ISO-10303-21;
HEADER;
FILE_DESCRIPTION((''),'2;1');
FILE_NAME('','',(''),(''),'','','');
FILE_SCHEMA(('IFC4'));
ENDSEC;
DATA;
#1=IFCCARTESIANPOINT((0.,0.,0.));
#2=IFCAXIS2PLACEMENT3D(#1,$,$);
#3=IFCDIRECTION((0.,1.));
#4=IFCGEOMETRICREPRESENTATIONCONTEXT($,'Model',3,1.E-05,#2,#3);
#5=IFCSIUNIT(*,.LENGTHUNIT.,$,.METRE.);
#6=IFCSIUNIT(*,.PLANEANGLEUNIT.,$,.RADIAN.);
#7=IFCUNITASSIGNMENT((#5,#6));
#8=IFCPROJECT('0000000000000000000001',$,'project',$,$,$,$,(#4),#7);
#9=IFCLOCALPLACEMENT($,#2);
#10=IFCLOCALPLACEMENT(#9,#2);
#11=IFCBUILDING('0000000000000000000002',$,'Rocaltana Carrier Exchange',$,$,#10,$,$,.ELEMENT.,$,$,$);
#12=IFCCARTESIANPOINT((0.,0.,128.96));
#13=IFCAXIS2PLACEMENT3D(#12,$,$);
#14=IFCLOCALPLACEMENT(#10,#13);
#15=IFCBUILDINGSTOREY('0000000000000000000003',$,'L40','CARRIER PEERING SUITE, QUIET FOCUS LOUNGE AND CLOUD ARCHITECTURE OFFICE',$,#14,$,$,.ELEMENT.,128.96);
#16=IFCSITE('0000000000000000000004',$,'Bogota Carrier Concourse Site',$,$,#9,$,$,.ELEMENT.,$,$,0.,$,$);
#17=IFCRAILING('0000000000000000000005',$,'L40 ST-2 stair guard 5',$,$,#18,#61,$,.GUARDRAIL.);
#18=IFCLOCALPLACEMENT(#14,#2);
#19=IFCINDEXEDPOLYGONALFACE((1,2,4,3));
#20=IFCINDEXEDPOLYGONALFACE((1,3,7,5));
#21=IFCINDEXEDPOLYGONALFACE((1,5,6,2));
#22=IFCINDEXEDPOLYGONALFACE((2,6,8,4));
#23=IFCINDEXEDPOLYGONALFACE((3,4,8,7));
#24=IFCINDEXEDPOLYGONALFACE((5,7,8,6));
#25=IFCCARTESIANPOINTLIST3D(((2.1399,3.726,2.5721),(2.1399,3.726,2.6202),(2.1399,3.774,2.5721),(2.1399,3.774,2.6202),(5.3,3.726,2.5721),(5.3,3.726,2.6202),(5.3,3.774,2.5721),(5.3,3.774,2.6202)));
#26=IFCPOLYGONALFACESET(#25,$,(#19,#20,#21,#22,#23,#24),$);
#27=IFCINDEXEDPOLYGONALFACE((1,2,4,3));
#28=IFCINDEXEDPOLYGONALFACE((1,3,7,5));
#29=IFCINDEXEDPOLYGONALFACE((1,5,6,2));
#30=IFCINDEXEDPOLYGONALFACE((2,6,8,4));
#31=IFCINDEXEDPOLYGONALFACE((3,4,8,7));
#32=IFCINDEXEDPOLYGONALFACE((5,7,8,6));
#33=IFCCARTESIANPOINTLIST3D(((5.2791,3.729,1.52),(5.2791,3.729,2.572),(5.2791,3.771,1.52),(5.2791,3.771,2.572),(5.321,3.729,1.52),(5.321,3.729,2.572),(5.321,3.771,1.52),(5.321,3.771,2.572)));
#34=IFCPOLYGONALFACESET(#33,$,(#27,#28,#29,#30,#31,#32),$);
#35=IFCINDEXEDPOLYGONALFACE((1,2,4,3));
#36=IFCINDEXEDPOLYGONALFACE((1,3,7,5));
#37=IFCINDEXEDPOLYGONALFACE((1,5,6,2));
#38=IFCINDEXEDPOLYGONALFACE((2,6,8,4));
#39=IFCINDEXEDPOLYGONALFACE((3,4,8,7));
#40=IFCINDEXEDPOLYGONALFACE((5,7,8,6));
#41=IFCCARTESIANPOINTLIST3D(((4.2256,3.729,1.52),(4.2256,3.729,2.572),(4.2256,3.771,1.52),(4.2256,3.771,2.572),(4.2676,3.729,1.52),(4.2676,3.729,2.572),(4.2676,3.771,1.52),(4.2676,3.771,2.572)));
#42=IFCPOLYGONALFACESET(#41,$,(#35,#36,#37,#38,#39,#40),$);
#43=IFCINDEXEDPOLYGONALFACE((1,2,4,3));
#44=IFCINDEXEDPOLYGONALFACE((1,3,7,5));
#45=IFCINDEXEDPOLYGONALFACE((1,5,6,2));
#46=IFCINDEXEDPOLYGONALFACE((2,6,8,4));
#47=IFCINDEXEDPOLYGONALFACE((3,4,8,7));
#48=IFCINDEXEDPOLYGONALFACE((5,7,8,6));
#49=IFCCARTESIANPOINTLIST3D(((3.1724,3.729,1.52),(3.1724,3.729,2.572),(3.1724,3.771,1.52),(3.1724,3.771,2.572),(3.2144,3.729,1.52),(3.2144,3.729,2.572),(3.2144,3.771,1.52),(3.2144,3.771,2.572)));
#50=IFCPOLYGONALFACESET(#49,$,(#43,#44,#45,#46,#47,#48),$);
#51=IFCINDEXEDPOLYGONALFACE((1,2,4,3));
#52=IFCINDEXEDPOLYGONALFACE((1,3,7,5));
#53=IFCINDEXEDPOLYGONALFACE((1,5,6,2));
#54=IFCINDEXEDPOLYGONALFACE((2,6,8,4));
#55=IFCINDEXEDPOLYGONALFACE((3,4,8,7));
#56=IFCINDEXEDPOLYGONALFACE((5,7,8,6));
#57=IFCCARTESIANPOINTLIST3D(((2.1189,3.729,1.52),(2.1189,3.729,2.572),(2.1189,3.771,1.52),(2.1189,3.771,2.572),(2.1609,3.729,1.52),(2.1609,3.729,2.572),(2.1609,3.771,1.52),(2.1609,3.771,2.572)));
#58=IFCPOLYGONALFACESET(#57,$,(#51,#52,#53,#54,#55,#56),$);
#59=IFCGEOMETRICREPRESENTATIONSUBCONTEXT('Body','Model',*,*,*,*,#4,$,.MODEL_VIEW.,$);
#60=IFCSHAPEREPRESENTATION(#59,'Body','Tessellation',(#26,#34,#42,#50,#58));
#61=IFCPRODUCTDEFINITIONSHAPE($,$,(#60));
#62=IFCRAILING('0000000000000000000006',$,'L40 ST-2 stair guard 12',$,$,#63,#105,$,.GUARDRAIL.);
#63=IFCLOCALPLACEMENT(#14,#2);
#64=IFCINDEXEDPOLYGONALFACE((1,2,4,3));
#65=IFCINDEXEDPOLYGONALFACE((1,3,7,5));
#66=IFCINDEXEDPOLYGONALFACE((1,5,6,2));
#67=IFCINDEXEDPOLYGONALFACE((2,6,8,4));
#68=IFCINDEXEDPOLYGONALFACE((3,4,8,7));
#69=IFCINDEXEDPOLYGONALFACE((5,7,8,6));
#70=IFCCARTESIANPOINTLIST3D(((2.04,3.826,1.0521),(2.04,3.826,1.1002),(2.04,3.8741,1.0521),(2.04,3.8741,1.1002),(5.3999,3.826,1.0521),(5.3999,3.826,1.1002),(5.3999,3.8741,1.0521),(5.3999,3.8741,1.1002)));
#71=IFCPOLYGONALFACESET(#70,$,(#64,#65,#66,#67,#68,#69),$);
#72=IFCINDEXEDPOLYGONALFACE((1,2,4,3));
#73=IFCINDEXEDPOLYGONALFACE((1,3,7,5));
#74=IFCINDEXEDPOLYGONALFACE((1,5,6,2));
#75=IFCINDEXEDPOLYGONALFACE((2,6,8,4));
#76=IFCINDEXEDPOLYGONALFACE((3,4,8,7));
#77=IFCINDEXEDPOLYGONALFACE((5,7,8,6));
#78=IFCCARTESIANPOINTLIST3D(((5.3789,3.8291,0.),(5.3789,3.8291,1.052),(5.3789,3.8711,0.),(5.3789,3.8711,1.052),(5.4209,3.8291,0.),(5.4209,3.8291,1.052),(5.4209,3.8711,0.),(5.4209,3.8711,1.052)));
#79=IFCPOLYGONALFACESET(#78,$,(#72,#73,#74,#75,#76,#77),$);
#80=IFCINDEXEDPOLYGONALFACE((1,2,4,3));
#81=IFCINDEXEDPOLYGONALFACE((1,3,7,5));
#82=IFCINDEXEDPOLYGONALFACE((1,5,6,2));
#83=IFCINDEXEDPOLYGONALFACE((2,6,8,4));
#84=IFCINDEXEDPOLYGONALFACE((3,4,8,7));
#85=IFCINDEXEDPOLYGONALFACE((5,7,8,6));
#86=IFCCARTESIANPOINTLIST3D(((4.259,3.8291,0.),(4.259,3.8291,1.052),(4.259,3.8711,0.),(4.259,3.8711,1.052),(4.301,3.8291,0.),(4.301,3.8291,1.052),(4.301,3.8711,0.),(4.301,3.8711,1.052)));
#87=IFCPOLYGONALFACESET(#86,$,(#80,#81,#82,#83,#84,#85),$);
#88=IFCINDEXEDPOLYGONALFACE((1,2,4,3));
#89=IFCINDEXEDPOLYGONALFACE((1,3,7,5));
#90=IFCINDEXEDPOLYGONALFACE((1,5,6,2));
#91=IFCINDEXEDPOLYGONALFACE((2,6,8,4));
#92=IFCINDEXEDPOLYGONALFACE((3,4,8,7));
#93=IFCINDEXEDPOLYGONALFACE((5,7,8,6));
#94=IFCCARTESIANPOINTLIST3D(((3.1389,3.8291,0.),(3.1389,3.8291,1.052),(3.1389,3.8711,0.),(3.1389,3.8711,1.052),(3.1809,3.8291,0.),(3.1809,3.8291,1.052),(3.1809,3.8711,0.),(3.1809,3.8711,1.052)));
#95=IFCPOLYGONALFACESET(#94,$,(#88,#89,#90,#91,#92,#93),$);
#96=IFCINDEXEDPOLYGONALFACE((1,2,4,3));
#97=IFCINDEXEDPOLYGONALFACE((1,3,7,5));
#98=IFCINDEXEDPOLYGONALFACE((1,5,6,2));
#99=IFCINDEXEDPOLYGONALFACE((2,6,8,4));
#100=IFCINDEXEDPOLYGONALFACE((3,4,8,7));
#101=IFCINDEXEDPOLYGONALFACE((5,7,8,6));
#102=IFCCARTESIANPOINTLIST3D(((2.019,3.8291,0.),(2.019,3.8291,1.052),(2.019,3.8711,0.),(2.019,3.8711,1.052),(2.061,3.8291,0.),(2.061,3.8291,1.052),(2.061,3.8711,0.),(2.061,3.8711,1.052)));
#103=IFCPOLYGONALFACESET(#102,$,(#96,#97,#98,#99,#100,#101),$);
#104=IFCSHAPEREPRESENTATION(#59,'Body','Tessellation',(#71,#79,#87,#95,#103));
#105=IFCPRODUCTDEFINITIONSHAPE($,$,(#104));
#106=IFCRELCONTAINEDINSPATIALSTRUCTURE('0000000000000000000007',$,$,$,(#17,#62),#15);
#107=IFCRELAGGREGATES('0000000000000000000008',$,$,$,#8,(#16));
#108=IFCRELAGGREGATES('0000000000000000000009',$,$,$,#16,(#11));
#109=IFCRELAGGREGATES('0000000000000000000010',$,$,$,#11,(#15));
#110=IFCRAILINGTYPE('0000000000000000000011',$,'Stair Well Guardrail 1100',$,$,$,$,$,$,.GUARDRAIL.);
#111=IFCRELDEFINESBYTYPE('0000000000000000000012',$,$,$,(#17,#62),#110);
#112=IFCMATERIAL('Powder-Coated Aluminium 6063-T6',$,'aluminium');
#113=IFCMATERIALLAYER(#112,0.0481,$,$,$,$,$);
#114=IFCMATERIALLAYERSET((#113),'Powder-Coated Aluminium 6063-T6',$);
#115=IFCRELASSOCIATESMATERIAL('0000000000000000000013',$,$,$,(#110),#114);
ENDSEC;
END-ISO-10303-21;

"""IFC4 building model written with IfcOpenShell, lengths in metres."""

from ifc_helpers import new_model, si_unit, direction, frame, origin, origin_2d, place, context, subcontext, project, spatial, rectangle, extrude, material, layer, layer_set, type_object, element, save


model = new_model("IFC4")

# Units and contexts
model_context = context("Model", 3, precision=1e-05, world=origin(), true_north=direction((0.0, 1.0)))
body_context = subcontext(model_context, "Body", "Model", "MODEL_VIEW")
ifc_project = project(units=[si_unit("LENGTHUNIT", "METRE"), si_unit("PLANEANGLEUNIT", "RADIAN")], contexts=[model_context])

# Site, building, storey
site_placement = place(None, origin())
site = spatial("IfcSite", under=ifc_project, at=site_placement, Name="Bogota Carrier Concourse Site", CompositionType="ELEMENT", RefElevation=0.0)
building_placement = place(site_placement, origin())
building = spatial("IfcBuilding", under=site, at=building_placement, Name="Rocaltana Carrier Exchange", CompositionType="ELEMENT")
storey_placement = place(building_placement, frame((0.0, 0.0, 128.96)))
storey = spatial("IfcBuildingStorey", under=building, at=storey_placement, Name="L40", Description="CARRIER PEERING SUITE, QUIET FOCUS LOUNGE AND CLOUD ARCHITECTURE OFFICE", CompositionType="ELEMENT", Elevation=128.96)

# Railings
ifc_material_1 = material(Name="Powder-Coated Aluminium 6063-T6", Category="aluminium")
ifc_layer_1 = layer(ifc_material_1, 0.0481)
ifc_layer_set_1 = layer_set([ifc_layer_1], Name="Powder-Coated Aluminium 6063-T6")
railing_type = type_object("IfcRailingType", Name="Stair Well Guardrail 1100", PredefinedType="GUARDRAIL", material=ifc_layer_set_1)
railing_1_placement = place(storey_placement, frame((5.3, 3.75, 1.52)))
element("IfcRailing", 1, at=railing_1_placement, inside=storey, type_object=railing_type, Name="L40 ST-2 stair guard 5", PredefinedType="GUARDRAIL", context=body_context, shape_type="SweptSolid", body=[
    extrude(rectangle(XDim=0.0481, YDim=0.0481, at=origin_2d()), frame((0.0, 0.0, 1.0762), z_axis=(-1.0, 0.0, 0.0), x_axis=(0.0, -1.0, 0.0)), (0.0, 0.0, 1.0), 3.1602),
    extrude(rectangle(XDim=0.042, YDim=0.042, at=origin_2d()), origin(), (0.0, 0.0, 1.0), 1.052),
    extrude(rectangle(XDim=0.042, YDim=0.042, at=origin_2d()), frame((-1.0535, 0.0, 0.0)), (0.0, 0.0, 1.0), 1.052),
    extrude(rectangle(XDim=0.042, YDim=0.042, at=origin_2d()), frame((-2.1067, 0.0, 0.0)), (0.0, 0.0, 1.0), 1.052),
    extrude(rectangle(XDim=0.042, YDim=0.042, at=origin_2d()), frame((-3.1602, 0.0, 0.0)), (0.0, 0.0, 1.0), 1.052),
])
railing_2_placement = place(storey_placement, frame((5.3999, 3.8501, 0.0)))
element("IfcRailing", 2, at=railing_2_placement, inside=storey, type_object=railing_type, Name="L40 ST-2 stair guard 12", PredefinedType="GUARDRAIL", context=body_context, shape_type="SweptSolid", body=[
    extrude(rectangle(XDim=0.0481, YDim=0.0481, at=origin_2d()), frame((0.0, 0.0, 1.0762), z_axis=(-1.0, 0.0, 0.0), x_axis=(0.0, -1.0, 0.0)), (0.0, 0.0, 1.0), 3.3599),
    extrude(rectangle(XDim=0.042, YDim=0.042, at=origin_2d()), origin(), (0.0, 0.0, 1.0), 1.052),
    extrude(rectangle(XDim=0.042, YDim=0.042, at=origin_2d()), frame((-1.1199, 0.0, 0.0)), (0.0, 0.0, 1.0), 1.052),
    extrude(rectangle(XDim=0.042, YDim=0.042, at=origin_2d()), frame((-2.24, 0.0, 0.0)), (0.0, 0.0, 1.0), 1.052),
    extrude(rectangle(XDim=0.042, YDim=0.042, at=origin_2d()), frame((-3.3599, 0.0, 0.0)), (0.0, 0.0, 1.0), 1.052),
])

save(model, "model.ifc")
